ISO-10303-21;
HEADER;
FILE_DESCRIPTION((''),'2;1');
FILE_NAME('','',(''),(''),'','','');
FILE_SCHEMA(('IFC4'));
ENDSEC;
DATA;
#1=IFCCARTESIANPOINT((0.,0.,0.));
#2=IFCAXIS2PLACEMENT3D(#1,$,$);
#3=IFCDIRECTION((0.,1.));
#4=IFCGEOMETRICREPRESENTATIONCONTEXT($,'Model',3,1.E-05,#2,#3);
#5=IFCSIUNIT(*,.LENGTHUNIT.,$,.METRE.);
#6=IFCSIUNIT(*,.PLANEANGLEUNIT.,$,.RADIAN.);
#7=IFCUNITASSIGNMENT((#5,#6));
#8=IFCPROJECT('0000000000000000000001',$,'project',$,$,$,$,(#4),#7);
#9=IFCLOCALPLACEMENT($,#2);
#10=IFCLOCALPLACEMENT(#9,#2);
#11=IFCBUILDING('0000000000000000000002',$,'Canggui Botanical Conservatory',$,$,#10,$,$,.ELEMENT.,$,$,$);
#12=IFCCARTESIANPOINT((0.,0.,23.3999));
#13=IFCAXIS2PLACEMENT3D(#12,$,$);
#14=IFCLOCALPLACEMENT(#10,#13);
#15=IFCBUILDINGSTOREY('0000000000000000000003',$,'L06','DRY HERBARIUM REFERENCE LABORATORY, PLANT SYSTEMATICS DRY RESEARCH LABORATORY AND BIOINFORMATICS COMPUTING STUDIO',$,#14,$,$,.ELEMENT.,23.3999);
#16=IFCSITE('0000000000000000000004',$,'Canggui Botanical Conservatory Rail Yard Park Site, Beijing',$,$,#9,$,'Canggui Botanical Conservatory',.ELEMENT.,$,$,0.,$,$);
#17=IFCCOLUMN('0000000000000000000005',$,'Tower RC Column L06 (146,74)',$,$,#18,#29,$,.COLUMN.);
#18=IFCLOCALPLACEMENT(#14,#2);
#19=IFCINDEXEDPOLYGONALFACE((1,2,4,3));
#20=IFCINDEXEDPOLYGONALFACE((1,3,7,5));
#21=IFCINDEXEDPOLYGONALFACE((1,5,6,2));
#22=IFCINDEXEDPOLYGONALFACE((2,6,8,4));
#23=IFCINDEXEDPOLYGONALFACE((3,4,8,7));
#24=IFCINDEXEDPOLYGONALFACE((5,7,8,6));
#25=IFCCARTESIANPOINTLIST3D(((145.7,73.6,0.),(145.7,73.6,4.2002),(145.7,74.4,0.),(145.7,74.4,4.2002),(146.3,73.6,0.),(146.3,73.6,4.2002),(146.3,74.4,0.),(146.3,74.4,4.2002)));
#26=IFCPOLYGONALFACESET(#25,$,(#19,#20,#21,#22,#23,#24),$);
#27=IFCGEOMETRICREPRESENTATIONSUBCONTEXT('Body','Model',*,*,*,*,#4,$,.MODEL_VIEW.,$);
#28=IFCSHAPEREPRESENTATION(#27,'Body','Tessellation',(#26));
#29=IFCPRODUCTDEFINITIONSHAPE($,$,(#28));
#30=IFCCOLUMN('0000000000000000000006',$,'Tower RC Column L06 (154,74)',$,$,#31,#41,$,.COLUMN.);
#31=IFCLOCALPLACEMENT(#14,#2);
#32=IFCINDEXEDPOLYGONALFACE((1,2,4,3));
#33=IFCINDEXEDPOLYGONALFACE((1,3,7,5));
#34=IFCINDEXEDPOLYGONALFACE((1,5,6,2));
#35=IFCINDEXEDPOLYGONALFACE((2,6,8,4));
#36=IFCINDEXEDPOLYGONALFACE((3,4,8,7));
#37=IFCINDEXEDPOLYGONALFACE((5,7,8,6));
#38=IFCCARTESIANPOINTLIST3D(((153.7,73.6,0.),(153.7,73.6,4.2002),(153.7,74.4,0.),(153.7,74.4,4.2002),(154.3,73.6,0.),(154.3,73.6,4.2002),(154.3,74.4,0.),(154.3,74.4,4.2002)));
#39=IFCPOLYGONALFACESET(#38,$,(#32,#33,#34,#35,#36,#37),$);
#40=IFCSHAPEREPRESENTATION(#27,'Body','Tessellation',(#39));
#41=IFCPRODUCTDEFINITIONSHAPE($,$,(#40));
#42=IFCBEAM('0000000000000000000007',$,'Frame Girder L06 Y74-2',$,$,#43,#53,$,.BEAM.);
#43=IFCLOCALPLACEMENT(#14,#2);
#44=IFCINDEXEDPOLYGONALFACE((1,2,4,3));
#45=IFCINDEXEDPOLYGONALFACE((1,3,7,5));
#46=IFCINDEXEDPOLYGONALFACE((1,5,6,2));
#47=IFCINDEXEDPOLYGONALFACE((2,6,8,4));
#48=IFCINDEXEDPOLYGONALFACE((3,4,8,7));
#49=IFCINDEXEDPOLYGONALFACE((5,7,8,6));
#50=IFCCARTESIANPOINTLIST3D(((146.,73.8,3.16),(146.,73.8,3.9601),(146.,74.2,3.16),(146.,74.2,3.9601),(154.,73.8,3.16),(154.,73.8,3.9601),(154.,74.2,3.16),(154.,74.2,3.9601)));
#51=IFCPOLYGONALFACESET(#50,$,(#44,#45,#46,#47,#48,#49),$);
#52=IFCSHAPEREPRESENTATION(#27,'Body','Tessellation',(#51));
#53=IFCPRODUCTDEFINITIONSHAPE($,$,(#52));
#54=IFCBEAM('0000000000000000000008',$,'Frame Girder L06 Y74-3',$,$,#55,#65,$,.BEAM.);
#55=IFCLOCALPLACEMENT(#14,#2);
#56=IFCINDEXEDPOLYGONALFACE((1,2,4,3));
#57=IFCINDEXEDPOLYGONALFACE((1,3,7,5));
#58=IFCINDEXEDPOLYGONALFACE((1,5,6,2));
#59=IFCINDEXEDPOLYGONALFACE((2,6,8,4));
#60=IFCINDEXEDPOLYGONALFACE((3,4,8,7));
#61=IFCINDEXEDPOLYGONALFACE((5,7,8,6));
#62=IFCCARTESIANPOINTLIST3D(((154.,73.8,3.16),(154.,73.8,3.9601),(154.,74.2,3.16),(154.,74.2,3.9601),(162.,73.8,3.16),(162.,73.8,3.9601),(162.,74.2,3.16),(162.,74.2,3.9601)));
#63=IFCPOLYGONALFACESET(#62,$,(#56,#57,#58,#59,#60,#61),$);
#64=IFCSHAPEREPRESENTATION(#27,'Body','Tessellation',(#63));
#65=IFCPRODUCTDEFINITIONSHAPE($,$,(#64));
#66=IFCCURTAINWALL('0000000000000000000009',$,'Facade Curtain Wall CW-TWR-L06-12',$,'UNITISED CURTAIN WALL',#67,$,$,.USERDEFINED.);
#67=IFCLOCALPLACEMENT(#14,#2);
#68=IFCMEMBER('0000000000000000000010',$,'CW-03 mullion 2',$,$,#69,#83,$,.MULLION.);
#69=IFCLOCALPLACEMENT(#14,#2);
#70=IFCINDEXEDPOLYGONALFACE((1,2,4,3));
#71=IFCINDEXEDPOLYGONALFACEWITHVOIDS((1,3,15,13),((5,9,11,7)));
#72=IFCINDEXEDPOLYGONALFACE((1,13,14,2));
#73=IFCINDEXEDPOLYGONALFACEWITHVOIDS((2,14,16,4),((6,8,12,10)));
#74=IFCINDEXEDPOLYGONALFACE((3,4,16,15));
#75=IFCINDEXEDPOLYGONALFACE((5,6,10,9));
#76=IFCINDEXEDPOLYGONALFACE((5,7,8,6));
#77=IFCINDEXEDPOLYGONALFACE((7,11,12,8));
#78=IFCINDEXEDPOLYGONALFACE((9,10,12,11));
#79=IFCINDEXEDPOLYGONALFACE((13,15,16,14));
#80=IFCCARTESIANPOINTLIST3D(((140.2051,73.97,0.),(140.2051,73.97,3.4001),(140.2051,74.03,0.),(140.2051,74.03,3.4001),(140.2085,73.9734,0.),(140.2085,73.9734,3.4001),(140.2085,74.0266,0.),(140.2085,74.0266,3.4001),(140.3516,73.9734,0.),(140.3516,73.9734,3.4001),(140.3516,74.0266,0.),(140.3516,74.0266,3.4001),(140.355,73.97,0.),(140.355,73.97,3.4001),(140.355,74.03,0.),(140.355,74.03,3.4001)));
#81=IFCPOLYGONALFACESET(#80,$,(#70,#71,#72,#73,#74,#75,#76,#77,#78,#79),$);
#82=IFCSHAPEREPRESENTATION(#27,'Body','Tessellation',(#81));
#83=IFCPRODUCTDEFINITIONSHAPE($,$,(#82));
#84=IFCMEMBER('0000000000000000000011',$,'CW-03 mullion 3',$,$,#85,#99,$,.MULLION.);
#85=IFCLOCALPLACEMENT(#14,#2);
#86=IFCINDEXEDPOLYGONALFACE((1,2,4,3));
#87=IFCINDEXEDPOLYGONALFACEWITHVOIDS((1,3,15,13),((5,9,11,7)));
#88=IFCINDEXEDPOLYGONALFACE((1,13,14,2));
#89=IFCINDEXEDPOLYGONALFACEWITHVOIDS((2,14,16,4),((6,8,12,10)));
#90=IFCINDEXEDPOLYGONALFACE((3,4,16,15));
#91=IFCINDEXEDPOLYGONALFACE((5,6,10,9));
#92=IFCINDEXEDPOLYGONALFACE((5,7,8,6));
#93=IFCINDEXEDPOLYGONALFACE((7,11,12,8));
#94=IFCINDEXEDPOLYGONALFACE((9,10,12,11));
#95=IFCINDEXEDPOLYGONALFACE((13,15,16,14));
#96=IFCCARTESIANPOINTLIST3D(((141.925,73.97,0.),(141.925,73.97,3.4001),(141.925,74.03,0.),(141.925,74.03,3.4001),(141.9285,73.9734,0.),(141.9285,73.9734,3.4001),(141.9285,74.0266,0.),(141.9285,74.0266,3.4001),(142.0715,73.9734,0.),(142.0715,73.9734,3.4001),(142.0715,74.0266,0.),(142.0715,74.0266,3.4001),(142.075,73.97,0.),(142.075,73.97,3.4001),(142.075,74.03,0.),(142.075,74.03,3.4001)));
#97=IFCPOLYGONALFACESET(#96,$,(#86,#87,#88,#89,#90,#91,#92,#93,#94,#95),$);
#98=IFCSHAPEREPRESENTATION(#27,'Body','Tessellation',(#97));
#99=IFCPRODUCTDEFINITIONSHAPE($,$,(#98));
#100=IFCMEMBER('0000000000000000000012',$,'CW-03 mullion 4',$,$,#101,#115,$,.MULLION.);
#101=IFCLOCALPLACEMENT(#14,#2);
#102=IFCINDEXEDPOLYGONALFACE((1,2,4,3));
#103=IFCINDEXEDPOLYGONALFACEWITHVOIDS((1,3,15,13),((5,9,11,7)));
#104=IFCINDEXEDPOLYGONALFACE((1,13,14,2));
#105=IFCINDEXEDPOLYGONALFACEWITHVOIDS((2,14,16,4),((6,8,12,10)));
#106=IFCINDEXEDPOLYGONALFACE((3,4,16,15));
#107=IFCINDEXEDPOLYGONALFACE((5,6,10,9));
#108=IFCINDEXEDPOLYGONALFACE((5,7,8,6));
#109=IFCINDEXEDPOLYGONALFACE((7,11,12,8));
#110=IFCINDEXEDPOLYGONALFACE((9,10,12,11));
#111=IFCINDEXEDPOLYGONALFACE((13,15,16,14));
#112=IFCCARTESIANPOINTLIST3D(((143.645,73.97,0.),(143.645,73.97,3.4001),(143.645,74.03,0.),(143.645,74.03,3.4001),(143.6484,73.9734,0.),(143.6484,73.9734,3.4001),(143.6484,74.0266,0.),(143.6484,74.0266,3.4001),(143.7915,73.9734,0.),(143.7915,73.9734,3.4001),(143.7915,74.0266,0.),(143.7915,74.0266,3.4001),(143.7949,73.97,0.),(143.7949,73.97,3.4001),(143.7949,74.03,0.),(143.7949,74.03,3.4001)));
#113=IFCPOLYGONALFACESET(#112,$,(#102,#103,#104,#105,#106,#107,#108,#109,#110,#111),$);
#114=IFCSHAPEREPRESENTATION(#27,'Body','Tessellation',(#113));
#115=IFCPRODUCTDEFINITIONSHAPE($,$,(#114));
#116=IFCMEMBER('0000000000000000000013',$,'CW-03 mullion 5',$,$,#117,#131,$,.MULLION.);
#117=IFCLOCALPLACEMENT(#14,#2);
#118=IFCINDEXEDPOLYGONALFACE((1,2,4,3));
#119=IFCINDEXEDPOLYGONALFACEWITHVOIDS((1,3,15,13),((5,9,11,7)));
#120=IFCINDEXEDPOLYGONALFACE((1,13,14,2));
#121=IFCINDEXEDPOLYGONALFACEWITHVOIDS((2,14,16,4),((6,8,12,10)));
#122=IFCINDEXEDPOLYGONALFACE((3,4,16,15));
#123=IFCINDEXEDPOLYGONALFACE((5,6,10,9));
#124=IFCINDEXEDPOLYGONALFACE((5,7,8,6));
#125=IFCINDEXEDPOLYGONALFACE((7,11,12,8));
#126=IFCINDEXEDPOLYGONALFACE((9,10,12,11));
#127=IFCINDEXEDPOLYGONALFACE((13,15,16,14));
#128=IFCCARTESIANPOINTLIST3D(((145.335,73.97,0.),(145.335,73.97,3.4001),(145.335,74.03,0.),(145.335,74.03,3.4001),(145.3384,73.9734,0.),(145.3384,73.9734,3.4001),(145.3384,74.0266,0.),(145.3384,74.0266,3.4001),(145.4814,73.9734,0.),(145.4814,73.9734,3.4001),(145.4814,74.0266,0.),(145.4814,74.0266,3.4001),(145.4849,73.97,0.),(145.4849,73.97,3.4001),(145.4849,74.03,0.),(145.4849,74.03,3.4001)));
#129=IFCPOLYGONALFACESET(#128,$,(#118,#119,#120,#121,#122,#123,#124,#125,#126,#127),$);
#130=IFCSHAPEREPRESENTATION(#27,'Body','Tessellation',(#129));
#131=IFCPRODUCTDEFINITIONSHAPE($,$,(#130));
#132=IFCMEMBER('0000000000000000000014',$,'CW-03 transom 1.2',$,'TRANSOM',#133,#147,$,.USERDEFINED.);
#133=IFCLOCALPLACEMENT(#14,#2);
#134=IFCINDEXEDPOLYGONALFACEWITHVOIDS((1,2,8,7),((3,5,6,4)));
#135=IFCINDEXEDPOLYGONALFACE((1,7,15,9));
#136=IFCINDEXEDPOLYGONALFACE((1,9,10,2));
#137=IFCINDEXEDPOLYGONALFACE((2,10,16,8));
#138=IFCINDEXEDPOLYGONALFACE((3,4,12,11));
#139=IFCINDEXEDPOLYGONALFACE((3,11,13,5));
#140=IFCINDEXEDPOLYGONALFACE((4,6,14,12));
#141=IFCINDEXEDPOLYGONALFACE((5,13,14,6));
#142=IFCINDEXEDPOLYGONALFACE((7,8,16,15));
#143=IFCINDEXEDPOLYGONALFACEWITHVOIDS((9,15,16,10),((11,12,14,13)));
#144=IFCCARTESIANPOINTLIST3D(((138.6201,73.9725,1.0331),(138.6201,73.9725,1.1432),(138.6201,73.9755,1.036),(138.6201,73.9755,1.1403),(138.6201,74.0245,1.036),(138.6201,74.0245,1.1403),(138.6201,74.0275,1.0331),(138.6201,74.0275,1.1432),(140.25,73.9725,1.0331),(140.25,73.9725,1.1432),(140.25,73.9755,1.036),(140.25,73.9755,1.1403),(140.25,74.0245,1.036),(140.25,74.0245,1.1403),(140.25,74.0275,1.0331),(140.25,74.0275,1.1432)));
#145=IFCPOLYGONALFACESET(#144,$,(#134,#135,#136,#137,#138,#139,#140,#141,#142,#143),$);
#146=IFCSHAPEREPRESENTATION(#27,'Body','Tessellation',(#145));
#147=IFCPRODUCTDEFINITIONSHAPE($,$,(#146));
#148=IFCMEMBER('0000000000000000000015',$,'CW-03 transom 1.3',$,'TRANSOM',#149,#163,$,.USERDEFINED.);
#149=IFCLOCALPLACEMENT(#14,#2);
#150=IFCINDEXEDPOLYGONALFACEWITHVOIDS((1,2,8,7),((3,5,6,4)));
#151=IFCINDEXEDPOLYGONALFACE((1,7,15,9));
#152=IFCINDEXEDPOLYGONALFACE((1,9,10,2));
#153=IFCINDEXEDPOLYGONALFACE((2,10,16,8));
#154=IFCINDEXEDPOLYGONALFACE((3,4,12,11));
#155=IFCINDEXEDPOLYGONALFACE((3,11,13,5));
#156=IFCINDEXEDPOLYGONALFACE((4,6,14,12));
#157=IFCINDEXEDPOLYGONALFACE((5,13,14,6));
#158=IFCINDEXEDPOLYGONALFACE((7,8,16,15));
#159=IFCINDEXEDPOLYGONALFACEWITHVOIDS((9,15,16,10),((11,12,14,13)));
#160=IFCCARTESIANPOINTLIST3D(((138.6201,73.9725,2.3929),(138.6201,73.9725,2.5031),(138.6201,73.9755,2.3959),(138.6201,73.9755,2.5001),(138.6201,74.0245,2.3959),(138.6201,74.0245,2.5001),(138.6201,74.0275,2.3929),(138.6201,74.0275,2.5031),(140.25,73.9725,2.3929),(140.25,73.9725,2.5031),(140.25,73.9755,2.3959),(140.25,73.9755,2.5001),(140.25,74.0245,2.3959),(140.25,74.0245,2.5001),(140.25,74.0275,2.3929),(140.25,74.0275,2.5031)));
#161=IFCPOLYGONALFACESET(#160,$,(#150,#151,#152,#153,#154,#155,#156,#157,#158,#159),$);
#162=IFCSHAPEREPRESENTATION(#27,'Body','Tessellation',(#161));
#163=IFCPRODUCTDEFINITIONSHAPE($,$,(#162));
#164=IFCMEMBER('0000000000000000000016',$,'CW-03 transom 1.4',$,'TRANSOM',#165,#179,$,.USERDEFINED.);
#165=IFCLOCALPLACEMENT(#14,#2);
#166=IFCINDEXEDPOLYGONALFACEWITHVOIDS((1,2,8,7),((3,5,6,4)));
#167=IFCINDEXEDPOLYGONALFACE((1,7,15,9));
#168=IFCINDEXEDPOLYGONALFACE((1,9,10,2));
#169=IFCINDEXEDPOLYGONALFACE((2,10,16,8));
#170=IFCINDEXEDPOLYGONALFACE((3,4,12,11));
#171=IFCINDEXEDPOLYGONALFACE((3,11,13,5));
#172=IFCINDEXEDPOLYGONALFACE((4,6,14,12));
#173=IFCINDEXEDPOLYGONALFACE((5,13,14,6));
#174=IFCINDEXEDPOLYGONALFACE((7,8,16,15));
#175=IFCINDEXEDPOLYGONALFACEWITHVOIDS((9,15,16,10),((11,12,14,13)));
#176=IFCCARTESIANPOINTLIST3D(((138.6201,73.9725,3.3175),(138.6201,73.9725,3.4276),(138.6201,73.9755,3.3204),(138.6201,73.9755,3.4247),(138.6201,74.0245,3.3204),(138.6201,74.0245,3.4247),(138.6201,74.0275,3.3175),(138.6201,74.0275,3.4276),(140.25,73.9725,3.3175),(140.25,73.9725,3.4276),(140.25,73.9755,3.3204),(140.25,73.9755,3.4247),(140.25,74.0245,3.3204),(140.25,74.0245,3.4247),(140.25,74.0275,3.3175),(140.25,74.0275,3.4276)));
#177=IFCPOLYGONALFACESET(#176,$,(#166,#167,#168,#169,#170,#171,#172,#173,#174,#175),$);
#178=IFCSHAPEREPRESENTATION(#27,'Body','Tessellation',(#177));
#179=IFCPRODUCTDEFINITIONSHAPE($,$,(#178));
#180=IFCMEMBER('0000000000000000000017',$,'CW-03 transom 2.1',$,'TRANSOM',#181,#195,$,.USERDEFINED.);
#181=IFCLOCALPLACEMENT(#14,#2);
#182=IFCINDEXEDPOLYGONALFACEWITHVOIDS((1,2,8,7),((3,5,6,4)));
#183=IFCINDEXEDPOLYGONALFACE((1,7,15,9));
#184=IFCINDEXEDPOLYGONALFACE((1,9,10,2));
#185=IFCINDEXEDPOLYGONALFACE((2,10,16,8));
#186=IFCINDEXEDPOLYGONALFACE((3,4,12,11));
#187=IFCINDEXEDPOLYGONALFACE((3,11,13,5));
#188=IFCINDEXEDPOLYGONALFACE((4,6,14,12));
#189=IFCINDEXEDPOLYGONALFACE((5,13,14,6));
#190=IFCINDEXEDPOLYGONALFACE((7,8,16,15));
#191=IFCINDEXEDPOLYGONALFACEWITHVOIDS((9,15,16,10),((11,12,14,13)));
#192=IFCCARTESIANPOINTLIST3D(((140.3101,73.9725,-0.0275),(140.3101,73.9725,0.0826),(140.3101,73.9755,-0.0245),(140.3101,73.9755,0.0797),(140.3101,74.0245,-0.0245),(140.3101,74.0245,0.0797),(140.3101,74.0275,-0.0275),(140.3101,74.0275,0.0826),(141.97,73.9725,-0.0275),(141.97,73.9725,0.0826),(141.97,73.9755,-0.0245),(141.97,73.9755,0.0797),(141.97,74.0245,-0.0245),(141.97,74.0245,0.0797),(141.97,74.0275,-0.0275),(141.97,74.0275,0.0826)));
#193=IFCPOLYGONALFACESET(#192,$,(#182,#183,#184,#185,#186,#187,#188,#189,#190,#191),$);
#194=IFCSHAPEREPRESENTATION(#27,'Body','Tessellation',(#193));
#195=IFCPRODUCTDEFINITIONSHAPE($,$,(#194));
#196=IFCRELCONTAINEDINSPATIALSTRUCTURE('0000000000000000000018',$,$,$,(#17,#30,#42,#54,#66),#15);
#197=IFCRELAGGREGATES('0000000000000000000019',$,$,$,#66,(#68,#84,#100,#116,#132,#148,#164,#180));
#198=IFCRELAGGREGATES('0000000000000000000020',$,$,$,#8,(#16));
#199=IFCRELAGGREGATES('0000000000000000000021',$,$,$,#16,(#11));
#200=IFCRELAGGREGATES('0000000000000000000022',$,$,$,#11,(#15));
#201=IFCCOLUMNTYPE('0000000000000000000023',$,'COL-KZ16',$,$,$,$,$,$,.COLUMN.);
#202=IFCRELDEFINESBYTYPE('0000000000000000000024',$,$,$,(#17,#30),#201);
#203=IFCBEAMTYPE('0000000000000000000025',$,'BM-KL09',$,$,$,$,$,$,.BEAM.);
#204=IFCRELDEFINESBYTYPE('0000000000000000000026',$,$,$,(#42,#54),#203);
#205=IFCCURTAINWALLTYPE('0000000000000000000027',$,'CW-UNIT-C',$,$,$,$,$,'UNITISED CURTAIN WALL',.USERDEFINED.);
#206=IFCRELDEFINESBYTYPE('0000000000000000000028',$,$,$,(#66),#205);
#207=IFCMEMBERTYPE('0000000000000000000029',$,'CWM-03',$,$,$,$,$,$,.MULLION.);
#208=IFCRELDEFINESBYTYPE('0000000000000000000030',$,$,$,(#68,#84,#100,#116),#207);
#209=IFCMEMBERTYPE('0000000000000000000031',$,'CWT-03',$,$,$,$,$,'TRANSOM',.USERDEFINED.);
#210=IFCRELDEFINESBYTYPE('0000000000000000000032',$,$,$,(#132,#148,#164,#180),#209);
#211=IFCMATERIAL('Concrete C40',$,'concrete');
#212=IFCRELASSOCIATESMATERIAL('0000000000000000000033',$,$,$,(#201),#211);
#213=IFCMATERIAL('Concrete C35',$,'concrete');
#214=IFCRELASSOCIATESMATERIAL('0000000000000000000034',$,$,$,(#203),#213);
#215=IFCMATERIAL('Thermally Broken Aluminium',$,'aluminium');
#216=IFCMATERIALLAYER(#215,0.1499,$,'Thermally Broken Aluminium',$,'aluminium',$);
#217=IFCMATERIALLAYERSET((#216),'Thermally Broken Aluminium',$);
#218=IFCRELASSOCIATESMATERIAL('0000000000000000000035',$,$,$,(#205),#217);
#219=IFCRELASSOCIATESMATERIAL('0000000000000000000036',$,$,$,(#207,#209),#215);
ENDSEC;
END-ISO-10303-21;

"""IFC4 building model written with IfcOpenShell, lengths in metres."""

from ifc_helpers import new_model, si_unit, direction, frame, origin, origin_2d, place, context, subcontext, project, spatial, rectangle, hollow_rectangle, extrude, material, layer, layer_set, material_profile, profile_set, type_object, element, aggregate, save


model = new_model("IFC4")

# Units and contexts
model_context = context("Model", 3, precision=1e-05, world=origin(), true_north=direction((0.0, 1.0)))
body_context = subcontext(model_context, "Body", "Model", "MODEL_VIEW")
ifc_project = project(units=[si_unit("LENGTHUNIT", "METRE"), si_unit("PLANEANGLEUNIT", "RADIAN")], contexts=[model_context])

# Site, building, storey
site_placement = place(None, origin())
site = spatial("IfcSite", under=ifc_project, at=site_placement, Name="Canggui Botanical Conservatory Rail Yard Park Site, Beijing", LongName="Canggui Botanical Conservatory", CompositionType="ELEMENT", RefElevation=0.0)
building_placement = place(site_placement, origin())
building = spatial("IfcBuilding", under=site, at=building_placement, Name="Canggui Botanical Conservatory", CompositionType="ELEMENT")
storey_placement = place(building_placement, frame((0.0, 0.0, 23.3999)))
storey = spatial("IfcBuildingStorey", under=building, at=storey_placement, Name="L06", Description="DRY HERBARIUM REFERENCE LABORATORY, PLANT SYSTEMATICS DRY RESEARCH LABORATORY AND BIOINFORMATICS COMPUTING STUDIO", CompositionType="ELEMENT", Elevation=23.3999)

# Columns
ifc_material_1 = material(Name="Concrete C40", Category="concrete")
ifc_material_profile_1 = material_profile(ifc_material_1, rectangle(XDim=0.6001, YDim=0.8, at=origin_2d()), Name="RC 600x800")
ifc_profile_set_1 = profile_set([ifc_material_profile_1], Name="Concrete C40")
column_type = type_object("IfcColumnType", Name="COL-KZ16", PredefinedType="COLUMN", material=ifc_profile_set_1)
for number, where, z_axis, x_axis, name in (
    (1, (146.0, 74.0, 0.0), (0.0, 0.0, 1.0), (1.0, 0.0, 0.0), "Tower RC Column L06 (146,74)"),
    (2, (154.0, 74.0, 0.0), (0.0, 0.0, 1.0), (1.0, 0.0, 0.0), "Tower RC Column L06 (154,74)"),
):
    element("IfcColumn", number, at=place(storey_placement, frame(where, z_axis=z_axis, x_axis=x_axis)), inside=storey, type_object=column_type, Name=name, PredefinedType="COLUMN", context=body_context, shape_type="SweptSolid", body=[
        extrude(rectangle(XDim=0.6001, YDim=0.8, at=origin_2d()), origin(), (0.0, 0.0, 1.0), 4.2002),
    ])

# Beams
ifc_material_2 = material(Name="Concrete C35", Category="concrete")
ifc_material_profile_2 = material_profile(ifc_material_2, rectangle(XDim=0.3999, YDim=0.8, at=origin_2d()), Name="RB 400x800")
ifc_profile_set_2 = profile_set([ifc_material_profile_2], Name="Concrete C35")
beam_type = type_object("IfcBeamType", Name="BM-KL09", PredefinedType="BEAM", material=ifc_profile_set_2)
for number, where, z_axis, x_axis, name in (
    (3, (146.0, 74.0, 3.5601), (1.0, 0.0, 0.0), (0.0, 1.0, 0.0), "Frame Girder L06 Y74-2"),
    (4, (154.0, 74.0, 3.5601), (1.0, 0.0, 0.0), (0.0, 1.0, 0.0), "Frame Girder L06 Y74-3"),
):
    element("IfcBeam", number, at=place(storey_placement, frame(where, z_axis=z_axis, x_axis=x_axis)), inside=storey, type_object=beam_type, Name=name, PredefinedType="BEAM", context=body_context, shape_type="SweptSolid", body=[
        extrude(rectangle(XDim=0.3999, YDim=0.8, at=origin_2d()), origin(), (0.0, 0.0, 1.0), 8.0),
    ])

# Curtain wall, members
ifc_material_3 = material(Name="Thermally Broken Aluminium", Category="aluminium")
ifc_layer_1 = layer(ifc_material_3, 0.1499, Name="Thermally Broken Aluminium", Category="aluminium")
ifc_layer_set_1 = layer_set([ifc_layer_1], Name="Thermally Broken Aluminium")
curtain_wall_type = type_object("IfcCurtainWallType", Name="CW-UNIT-C", ElementType="UNITISED CURTAIN WALL", PredefinedType="USERDEFINED", material=ifc_layer_set_1)
curtain_wall_placement = place(storey_placement, origin())
curtain_wall = element("IfcCurtainWall", 5, at=curtain_wall_placement, inside=storey, type_object=curtain_wall_type, Name="Facade Curtain Wall CW-TWR-L06-12", ObjectType="UNITISED CURTAIN WALL", PredefinedType="USERDEFINED")
ifc_material_profile_3 = material_profile(ifc_material_3, hollow_rectangle(XDim=0.0601, YDim=0.1499, WallThickness=0.0034, at=origin_2d()), Name="CWM 60x150x3.5")
ifc_profile_set_3 = profile_set([ifc_material_profile_3], Name="Thermally Broken Aluminium")
member_type_1 = type_object("IfcMemberType", Name="CWM-03", PredefinedType="MULLION", material=ifc_profile_set_3)
member_1_placement = place(storey_placement, frame((140.28, 74.0, 0.0), z_axis=(0.0, 0.0, 1.0), x_axis=(0.0, 1.0, 0.0)))
member_1 = element("IfcMember", 6, at=member_1_placement, type_object=member_type_1, Name="CW-03 mullion 2", PredefinedType="MULLION", context=body_context, shape_type="SweptSolid", body=[
    extrude(hollow_rectangle(XDim=0.0601, YDim=0.1499, WallThickness=0.0034, at=origin_2d()), origin(), (0.0, 0.0, 1.0), 3.4001),
])
member_2_placement = place(storey_placement, frame((142.0, 74.0, 0.0), z_axis=(0.0, 0.0, 1.0), x_axis=(0.0, 1.0, 0.0)))
member_2 = element("IfcMember", 7, at=member_2_placement, type_object=member_type_1, Name="CW-03 mullion 3", PredefinedType="MULLION", context=body_context, shape_type="SweptSolid", body=[
    extrude(hollow_rectangle(XDim=0.0601, YDim=0.1499, WallThickness=0.0034, at=origin_2d()), origin(), (0.0, 0.0, 1.0), 3.4001),
])
member_3_placement = place(storey_placement, frame((143.72, 74.0, 0.0), z_axis=(0.0, 0.0, 1.0), x_axis=(0.0, 1.0, 0.0)))
member_3 = element("IfcMember", 8, at=member_3_placement, type_object=member_type_1, Name="CW-03 mullion 4", PredefinedType="MULLION", context=body_context, shape_type="SweptSolid", body=[
    extrude(hollow_rectangle(XDim=0.0601, YDim=0.1499, WallThickness=0.0034, at=origin_2d()), origin(), (0.0, 0.0, 1.0), 3.4001),
])
member_4_placement = place(storey_placement, frame((145.4099, 74.0, 0.0), z_axis=(0.0, 0.0, 1.0), x_axis=(0.0, 1.0, 0.0)))
member_4 = element("IfcMember", 9, at=member_4_placement, type_object=member_type_1, Name="CW-03 mullion 5", PredefinedType="MULLION", context=body_context, shape_type="SweptSolid", body=[
    extrude(hollow_rectangle(XDim=0.0601, YDim=0.1499, WallThickness=0.0034, at=origin_2d()), origin(), (0.0, 0.0, 1.0), 3.4001),
])
ifc_material_profile_4 = material_profile(ifc_material_3, hollow_rectangle(XDim=0.0549, YDim=0.1101, WallThickness=0.0029, at=origin_2d()), Name="CWT 55x110x3")
ifc_profile_set_4 = profile_set([ifc_material_profile_4], Name="Thermally Broken Aluminium")
member_type_2 = type_object("IfcMemberType", Name="CWT-03", ElementType="TRANSOM", PredefinedType="USERDEFINED", material=ifc_profile_set_4)
member_5_placement = place(storey_placement, frame((138.6201, 74.0, 1.0881), z_axis=(1.0, 0.0, 0.0), x_axis=(0.0, 1.0, 0.0)))
member_5 = element("IfcMember", 10, at=member_5_placement, type_object=member_type_2, Name="CW-03 transom 1.2", ObjectType="TRANSOM", PredefinedType="USERDEFINED", context=body_context, shape_type="SweptSolid", body=[
    extrude(hollow_rectangle(XDim=0.0549, YDim=0.1101, WallThickness=0.0029, at=origin_2d()), origin(), (0.0, 0.0, 1.0), 1.6299),
])
member_6_placement = place(storey_placement, frame((138.6201, 74.0, 2.448), z_axis=(1.0, 0.0, 0.0), x_axis=(0.0, 1.0, 0.0)))
member_6 = element("IfcMember", 11, at=member_6_placement, type_object=member_type_2, Name="CW-03 transom 1.3", ObjectType="TRANSOM", PredefinedType="USERDEFINED", context=body_context, shape_type="SweptSolid", body=[
    extrude(hollow_rectangle(XDim=0.0549, YDim=0.1101, WallThickness=0.0029, at=origin_2d()), origin(), (0.0, 0.0, 1.0), 1.6299),
])
member_7_placement = place(storey_placement, frame((138.6201, 74.0, 3.3726), z_axis=(1.0, 0.0, 0.0), x_axis=(0.0, 1.0, 0.0)))
member_7 = element("IfcMember", 12, at=member_7_placement, type_object=member_type_2, Name="CW-03 transom 1.4", ObjectType="TRANSOM", PredefinedType="USERDEFINED", context=body_context, shape_type="SweptSolid", body=[
    extrude(hollow_rectangle(XDim=0.0549, YDim=0.1101, WallThickness=0.0029, at=origin_2d()), origin(), (0.0, 0.0, 1.0), 1.6299),
])
member_8_placement = place(storey_placement, frame((140.3101, 74.0, 0.0276), z_axis=(1.0, 0.0, 0.0), x_axis=(0.0, 1.0, 0.0)))
member_8 = element("IfcMember", 13, at=member_8_placement, type_object=member_type_2, Name="CW-03 transom 2.1", ObjectType="TRANSOM", PredefinedType="USERDEFINED", context=body_context, shape_type="SweptSolid", body=[
    extrude(hollow_rectangle(XDim=0.0549, YDim=0.1101, WallThickness=0.0029, at=origin_2d()), origin(), (0.0, 0.0, 1.0), 1.6599),
])
aggregate(curtain_wall, [member_1, member_2, member_3, member_4, member_5, member_6, member_7, member_8])

save(model, "model.ifc")
